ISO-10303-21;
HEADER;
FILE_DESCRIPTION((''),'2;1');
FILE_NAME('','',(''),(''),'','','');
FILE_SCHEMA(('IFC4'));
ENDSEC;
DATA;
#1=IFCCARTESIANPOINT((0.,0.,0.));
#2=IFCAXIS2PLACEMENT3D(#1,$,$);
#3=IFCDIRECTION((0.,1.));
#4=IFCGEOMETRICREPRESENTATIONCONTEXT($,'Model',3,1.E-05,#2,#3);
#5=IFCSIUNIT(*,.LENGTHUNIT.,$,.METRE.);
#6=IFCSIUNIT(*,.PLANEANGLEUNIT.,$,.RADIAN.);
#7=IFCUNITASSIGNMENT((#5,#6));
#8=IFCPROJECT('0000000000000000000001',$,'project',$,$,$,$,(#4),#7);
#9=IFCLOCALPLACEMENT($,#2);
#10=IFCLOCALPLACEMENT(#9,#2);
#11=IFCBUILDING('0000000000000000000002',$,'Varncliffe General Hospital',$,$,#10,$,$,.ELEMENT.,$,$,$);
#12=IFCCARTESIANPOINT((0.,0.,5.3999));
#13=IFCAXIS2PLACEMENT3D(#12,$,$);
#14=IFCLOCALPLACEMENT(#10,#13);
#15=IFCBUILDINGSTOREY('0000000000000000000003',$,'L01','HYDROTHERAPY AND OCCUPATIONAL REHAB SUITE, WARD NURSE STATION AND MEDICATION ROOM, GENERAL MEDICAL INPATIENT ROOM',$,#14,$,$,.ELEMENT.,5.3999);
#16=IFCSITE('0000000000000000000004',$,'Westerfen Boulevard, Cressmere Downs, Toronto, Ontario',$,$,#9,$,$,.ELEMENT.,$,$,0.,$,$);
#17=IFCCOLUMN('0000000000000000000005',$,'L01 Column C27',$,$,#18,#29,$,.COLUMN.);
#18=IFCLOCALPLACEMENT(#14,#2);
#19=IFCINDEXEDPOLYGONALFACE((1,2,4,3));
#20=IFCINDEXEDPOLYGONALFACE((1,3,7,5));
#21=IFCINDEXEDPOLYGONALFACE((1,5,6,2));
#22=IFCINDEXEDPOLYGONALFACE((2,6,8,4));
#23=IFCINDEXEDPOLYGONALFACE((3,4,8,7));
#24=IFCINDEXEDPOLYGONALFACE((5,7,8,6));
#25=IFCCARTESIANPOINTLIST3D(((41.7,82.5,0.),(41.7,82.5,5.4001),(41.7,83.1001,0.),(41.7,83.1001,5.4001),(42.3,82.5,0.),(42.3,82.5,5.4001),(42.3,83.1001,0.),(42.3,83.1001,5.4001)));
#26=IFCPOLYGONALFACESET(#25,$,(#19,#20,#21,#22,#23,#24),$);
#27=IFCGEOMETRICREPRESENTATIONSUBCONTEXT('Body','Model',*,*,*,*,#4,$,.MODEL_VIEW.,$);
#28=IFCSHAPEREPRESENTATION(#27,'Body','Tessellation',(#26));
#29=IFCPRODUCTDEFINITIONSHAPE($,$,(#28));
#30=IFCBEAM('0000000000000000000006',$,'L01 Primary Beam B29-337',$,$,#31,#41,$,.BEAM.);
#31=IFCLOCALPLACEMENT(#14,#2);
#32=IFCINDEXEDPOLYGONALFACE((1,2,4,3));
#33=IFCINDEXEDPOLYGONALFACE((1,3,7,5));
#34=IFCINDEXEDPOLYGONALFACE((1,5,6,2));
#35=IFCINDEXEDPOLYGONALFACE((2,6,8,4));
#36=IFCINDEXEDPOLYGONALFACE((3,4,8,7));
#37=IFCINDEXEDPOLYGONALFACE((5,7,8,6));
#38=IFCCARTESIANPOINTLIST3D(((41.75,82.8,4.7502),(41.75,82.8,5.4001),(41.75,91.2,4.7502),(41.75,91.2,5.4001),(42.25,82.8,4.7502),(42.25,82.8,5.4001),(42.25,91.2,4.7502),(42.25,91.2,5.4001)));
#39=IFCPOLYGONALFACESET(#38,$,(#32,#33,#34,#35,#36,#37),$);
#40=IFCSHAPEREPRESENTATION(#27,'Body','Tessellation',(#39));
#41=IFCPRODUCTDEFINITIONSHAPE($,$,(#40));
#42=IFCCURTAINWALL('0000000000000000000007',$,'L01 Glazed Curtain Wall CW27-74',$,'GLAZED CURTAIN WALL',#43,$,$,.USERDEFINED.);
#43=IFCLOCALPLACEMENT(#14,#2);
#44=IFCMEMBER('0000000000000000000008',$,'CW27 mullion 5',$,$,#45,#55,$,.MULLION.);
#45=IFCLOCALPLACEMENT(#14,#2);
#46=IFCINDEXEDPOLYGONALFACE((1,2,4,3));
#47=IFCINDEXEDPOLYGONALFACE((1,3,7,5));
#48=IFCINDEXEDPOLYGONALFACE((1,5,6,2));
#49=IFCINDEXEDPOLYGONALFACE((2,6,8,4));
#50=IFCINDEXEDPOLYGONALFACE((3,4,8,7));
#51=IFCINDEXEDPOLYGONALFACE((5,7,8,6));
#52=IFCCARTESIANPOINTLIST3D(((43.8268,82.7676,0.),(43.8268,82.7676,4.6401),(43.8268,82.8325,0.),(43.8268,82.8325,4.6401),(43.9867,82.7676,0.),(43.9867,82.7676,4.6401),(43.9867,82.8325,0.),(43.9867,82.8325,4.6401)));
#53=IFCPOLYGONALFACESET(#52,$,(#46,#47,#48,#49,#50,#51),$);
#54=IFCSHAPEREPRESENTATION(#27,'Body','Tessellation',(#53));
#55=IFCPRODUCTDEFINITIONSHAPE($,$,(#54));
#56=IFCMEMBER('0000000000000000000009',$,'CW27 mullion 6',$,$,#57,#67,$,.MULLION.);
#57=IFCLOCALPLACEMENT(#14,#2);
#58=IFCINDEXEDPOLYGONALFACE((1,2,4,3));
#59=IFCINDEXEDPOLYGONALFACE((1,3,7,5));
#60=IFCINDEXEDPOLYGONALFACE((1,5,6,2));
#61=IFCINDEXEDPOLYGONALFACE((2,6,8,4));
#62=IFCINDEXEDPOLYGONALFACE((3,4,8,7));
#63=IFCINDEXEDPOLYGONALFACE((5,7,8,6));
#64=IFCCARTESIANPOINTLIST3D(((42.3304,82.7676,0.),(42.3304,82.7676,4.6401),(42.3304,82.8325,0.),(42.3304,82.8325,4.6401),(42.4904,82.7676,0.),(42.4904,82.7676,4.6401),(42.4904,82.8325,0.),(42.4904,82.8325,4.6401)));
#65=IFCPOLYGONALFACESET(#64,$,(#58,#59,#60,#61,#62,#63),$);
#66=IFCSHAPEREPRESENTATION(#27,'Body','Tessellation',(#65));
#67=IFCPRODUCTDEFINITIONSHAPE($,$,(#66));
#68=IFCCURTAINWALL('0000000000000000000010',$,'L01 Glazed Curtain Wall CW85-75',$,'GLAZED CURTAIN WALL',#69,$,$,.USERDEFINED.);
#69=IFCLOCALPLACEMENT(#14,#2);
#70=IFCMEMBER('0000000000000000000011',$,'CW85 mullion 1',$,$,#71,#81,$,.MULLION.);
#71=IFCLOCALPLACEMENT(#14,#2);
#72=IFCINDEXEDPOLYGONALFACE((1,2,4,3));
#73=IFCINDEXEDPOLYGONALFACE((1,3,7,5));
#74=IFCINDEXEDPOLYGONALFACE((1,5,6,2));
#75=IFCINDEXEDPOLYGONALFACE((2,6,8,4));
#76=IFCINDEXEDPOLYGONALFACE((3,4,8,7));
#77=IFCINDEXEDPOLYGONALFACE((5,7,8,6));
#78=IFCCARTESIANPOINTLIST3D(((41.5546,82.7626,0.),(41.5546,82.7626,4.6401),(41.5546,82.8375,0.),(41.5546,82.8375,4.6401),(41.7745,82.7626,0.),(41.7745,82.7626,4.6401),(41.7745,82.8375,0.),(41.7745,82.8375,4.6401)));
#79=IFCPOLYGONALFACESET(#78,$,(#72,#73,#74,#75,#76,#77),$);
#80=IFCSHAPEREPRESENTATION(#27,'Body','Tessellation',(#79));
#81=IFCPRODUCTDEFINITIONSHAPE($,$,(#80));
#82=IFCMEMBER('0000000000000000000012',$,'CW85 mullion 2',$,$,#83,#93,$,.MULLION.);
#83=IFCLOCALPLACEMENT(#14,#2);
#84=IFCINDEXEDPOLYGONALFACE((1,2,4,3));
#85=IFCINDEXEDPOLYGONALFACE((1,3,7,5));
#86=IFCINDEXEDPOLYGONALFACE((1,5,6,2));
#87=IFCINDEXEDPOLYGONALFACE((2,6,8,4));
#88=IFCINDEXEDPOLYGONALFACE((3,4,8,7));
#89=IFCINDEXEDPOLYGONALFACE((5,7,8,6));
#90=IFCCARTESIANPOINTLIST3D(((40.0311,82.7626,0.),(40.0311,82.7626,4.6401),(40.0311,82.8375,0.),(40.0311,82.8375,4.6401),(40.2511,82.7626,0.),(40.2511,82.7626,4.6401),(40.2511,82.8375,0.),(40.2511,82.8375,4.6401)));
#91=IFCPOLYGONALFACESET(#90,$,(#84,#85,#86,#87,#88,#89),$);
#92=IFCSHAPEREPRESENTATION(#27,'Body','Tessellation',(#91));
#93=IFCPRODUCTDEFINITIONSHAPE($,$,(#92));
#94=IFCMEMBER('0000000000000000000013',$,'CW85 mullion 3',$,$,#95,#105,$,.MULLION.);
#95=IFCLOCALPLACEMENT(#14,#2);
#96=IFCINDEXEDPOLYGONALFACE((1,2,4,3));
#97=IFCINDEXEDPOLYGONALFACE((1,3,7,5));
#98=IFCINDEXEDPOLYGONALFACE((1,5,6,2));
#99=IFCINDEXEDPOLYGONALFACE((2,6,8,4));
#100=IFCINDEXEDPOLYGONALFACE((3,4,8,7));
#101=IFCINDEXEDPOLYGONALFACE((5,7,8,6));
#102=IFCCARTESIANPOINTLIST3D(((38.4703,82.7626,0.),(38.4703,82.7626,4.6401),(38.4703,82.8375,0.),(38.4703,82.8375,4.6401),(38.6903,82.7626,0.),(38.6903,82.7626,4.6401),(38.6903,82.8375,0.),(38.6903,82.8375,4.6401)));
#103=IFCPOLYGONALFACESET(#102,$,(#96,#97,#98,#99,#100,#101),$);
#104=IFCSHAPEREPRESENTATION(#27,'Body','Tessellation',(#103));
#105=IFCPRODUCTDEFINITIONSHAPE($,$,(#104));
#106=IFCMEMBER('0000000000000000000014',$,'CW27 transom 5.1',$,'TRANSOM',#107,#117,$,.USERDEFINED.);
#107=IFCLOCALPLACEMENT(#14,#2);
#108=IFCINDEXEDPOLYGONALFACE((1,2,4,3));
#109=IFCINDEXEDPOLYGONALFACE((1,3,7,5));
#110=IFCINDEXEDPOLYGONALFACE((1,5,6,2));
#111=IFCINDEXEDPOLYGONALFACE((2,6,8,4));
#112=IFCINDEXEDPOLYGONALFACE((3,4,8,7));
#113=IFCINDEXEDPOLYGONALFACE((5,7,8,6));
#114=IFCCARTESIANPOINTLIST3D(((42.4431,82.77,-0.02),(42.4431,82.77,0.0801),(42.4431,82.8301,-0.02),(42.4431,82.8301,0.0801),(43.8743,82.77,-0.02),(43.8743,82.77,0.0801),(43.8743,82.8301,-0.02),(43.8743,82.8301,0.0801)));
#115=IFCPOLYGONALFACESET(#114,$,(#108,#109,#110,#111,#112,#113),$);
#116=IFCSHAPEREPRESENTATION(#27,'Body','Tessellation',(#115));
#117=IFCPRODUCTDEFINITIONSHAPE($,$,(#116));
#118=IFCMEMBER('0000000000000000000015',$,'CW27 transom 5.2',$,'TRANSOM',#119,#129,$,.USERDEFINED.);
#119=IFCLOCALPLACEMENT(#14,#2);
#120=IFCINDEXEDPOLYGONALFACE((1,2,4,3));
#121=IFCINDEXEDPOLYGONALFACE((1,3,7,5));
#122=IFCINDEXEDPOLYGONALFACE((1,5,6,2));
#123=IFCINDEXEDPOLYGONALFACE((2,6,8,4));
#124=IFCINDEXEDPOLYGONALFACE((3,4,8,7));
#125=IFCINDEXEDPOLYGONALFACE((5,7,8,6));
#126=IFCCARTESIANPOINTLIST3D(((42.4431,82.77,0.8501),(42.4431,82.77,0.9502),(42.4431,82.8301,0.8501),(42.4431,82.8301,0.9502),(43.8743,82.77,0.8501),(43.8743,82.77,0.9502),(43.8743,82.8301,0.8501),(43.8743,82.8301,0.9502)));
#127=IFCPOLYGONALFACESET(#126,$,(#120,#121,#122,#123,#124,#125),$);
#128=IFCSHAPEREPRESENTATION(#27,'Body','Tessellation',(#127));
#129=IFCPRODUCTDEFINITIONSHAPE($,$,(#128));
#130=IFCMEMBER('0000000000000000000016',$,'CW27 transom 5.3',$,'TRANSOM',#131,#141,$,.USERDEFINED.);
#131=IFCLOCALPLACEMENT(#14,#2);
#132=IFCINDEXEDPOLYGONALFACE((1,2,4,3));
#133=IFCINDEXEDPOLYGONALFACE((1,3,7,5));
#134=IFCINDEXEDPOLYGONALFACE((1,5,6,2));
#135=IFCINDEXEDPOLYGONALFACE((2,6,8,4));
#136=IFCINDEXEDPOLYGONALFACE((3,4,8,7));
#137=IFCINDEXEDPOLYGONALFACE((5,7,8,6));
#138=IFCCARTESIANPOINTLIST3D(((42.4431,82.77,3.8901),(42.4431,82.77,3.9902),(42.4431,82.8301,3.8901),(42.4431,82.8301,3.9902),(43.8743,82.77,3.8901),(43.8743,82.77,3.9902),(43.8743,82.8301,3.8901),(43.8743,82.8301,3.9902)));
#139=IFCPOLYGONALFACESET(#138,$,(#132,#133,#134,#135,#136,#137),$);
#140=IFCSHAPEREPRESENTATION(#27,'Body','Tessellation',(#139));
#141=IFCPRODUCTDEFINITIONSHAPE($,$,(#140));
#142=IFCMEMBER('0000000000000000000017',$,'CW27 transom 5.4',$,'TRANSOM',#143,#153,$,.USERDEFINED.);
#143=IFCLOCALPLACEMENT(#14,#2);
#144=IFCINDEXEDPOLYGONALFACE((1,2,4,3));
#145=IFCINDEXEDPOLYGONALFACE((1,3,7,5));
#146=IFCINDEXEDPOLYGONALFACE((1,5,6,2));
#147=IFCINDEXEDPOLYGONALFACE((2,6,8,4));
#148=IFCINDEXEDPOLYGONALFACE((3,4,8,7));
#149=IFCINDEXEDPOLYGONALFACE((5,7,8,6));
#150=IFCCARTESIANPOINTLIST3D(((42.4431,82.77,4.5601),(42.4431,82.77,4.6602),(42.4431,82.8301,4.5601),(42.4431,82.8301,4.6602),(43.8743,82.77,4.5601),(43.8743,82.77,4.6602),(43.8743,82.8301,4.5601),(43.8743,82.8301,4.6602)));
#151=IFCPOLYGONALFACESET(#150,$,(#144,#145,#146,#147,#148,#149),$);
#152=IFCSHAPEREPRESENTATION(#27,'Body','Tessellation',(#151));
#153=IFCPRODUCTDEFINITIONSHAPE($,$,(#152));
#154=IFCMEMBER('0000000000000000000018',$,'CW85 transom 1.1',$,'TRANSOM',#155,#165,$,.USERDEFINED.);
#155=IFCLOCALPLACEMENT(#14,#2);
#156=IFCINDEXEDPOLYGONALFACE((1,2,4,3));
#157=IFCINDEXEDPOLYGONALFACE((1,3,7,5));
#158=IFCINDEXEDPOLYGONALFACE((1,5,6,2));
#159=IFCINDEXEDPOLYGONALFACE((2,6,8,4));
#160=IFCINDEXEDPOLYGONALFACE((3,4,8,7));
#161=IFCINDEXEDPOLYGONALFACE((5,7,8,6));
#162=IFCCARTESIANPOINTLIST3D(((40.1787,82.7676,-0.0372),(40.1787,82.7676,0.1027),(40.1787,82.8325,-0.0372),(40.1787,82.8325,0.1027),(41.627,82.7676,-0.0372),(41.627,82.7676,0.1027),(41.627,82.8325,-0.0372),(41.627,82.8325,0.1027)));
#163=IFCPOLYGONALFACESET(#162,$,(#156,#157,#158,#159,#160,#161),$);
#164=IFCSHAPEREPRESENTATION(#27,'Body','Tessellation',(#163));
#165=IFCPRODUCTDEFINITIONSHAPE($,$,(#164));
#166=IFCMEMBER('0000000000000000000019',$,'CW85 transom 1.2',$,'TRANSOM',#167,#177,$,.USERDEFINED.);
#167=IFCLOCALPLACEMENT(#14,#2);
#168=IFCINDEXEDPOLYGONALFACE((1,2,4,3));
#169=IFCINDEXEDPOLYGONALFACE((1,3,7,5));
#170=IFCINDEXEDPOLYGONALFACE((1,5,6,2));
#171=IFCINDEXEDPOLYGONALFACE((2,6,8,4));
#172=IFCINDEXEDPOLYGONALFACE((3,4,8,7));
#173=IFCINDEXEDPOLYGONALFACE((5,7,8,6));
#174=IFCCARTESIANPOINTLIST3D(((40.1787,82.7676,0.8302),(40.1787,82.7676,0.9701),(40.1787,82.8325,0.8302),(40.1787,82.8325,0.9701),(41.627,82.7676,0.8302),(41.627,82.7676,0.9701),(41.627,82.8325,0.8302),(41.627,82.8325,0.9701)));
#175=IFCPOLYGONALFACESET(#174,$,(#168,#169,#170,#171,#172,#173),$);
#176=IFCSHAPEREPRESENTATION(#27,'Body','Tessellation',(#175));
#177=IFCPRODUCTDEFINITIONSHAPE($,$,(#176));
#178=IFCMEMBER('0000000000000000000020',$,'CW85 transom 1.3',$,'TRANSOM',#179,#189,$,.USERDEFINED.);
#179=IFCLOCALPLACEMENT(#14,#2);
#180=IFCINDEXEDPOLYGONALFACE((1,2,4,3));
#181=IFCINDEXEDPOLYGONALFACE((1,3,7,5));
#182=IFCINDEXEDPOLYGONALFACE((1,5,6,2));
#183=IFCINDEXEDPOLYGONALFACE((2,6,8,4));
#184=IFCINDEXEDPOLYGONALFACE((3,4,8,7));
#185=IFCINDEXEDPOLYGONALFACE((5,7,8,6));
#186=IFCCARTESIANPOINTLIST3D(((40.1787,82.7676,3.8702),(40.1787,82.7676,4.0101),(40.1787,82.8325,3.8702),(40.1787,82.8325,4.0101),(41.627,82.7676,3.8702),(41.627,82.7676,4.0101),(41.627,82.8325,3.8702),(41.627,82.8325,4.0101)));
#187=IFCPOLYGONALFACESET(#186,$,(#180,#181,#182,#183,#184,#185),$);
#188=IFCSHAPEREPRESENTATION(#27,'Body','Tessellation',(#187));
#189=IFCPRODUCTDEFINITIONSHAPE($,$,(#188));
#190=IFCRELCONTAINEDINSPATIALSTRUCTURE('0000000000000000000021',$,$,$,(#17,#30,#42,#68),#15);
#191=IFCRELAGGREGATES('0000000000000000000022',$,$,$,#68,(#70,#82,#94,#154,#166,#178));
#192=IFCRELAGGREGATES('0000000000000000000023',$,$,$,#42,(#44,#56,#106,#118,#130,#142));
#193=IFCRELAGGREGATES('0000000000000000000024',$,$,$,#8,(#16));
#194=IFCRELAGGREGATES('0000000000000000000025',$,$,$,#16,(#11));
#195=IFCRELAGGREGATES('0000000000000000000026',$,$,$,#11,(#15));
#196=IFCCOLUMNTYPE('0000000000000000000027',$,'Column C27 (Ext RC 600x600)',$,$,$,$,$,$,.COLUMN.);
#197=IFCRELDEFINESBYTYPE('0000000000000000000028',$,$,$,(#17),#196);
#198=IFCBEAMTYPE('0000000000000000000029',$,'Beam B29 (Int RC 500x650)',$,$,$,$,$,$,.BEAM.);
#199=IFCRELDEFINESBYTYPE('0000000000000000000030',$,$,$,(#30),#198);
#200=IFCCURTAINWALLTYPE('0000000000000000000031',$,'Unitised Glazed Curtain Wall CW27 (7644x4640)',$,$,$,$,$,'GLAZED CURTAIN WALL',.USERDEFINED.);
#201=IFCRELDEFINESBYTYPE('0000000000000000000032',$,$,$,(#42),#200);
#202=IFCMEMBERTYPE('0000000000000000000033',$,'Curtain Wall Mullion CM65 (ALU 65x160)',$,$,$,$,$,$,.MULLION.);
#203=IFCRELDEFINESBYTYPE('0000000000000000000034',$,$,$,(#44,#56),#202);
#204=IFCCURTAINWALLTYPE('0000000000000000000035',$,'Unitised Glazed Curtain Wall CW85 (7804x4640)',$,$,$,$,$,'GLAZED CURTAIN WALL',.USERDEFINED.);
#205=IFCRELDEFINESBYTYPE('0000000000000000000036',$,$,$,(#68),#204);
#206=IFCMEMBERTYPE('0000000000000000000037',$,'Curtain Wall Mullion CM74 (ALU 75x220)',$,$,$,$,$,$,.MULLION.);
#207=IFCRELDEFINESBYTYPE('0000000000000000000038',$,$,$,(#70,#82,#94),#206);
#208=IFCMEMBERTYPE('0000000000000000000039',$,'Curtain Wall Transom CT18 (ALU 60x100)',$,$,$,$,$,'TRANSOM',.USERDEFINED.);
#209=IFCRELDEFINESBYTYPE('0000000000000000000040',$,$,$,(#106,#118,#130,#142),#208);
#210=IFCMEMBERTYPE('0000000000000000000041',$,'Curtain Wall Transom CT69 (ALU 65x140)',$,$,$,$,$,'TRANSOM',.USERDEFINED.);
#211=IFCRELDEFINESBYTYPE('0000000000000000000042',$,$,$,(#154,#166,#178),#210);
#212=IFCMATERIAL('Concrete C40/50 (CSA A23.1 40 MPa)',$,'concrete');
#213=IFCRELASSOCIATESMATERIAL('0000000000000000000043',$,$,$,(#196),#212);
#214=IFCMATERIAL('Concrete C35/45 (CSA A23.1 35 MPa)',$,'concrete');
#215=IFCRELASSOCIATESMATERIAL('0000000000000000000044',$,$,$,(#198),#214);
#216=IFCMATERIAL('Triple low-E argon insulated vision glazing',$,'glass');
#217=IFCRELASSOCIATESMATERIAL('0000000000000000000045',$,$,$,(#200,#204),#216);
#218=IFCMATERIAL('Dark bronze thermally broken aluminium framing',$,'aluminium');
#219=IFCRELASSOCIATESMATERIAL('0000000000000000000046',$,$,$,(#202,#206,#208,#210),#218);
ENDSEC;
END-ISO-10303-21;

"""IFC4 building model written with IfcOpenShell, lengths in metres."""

from ifc_helpers import new_model, si_unit, direction, frame, origin, origin_2d, place, context, subcontext, project, spatial, rectangle, extrude, material, material_profile, profile_set, type_object, element, aggregate, save


model = new_model("IFC4")

# Units and contexts
model_context = context("Model", 3, precision=1e-05, world=origin(), true_north=direction((0.0, 1.0)))
body_context = subcontext(model_context, "Body", "Model", "MODEL_VIEW")
ifc_project = project(units=[si_unit("LENGTHUNIT", "METRE"), si_unit("PLANEANGLEUNIT", "RADIAN")], contexts=[model_context])

# Site, building, storey
site_placement = place(None, origin())
site = spatial("IfcSite", under=ifc_project, at=site_placement, Name="Westerfen Boulevard, Cressmere Downs, Toronto, Ontario", CompositionType="ELEMENT", RefElevation=0.0)
building_placement = place(site_placement, origin())
building = spatial("IfcBuilding", under=site, at=building_placement, Name="Varncliffe General Hospital", CompositionType="ELEMENT")
storey_placement = place(building_placement, frame((0.0, 0.0, 5.3999)))
storey = spatial("IfcBuildingStorey", under=building, at=storey_placement, Name="L01", Description="HYDROTHERAPY AND OCCUPATIONAL REHAB SUITE, WARD NURSE STATION AND MEDICATION ROOM, GENERAL MEDICAL INPATIENT ROOM", CompositionType="ELEMENT", Elevation=5.3999)

# Column
ifc_material_1 = material(Name="Concrete C40/50 (CSA A23.1 40 MPa)", Category="concrete")
ifc_material_profile_1 = material_profile(ifc_material_1, rectangle(XDim=0.6001, YDim=0.6001, at=origin_2d()), Name="RC 600x600")
ifc_profile_set_1 = profile_set([ifc_material_profile_1], Name="Concrete C40/50 (CSA A23.1 40 MPa)")
column_type = type_object("IfcColumnType", Name="Column C27 (Ext RC 600x600)", PredefinedType="COLUMN", material=ifc_profile_set_1)
column_placement = place(storey_placement, frame((42.0, 82.8, 0.0), z_axis=(0.0, 0.0, 1.0), x_axis=(1.0, 0.0, 0.0)))
element("IfcColumn", 1, at=column_placement, inside=storey, type_object=column_type, Name="L01 Column C27", PredefinedType="COLUMN", context=body_context, shape_type="SweptSolid", body=[
    extrude(rectangle(XDim=0.6001, YDim=0.6001, at=origin_2d()), origin(), (0.0, 0.0, 1.0), 5.4001),
])

# Beam
ifc_material_2 = material(Name="Concrete C35/45 (CSA A23.1 35 MPa)", Category="concrete")
ifc_material_profile_2 = material_profile(ifc_material_2, rectangle(XDim=0.5, YDim=0.6499, at=origin_2d()), Name="RC 500x650")
ifc_profile_set_2 = profile_set([ifc_material_profile_2], Name="Concrete C35/45 (CSA A23.1 35 MPa)")
beam_type_1 = type_object("IfcBeamType", Name="Beam B29 (Int RC 500x650)", PredefinedType="BEAM", material=ifc_profile_set_2)
beam_1_placement = place(storey_placement, frame((42.0, 82.8, 5.0752), z_axis=(0.0, 1.0, 0.0), x_axis=(-1.0, 0.0, 0.0)))
element("IfcBeam", 2, at=beam_1_placement, inside=storey, type_object=beam_type_1, Name="L01 Primary Beam B29-337", PredefinedType="BEAM", context=body_context, shape_type="SweptSolid", body=[
    extrude(rectangle(XDim=0.5, YDim=0.6499, at=origin_2d()), origin(), (0.0, 0.0, 1.0), 8.3999),
])

# Curtain walls, members
ifc_material_3 = material(Name="Triple low-E argon insulated vision glazing", Category="glass")
curtain_wall_type_1 = type_object("IfcCurtainWallType", Name="Unitised Glazed Curtain Wall CW27 (7644x4640)", ElementType="GLAZED CURTAIN WALL", PredefinedType="USERDEFINED", material=ifc_material_3)
curtain_wall_1_placement = place(storey_placement, origin())
curtain_wall_1 = element("IfcCurtainWall", 3, at=curtain_wall_1_placement, inside=storey, type_object=curtain_wall_type_1, Name="L01 Glazed Curtain Wall CW27-74", ObjectType="GLAZED CURTAIN WALL", PredefinedType="USERDEFINED")
ifc_material_4 = material(Name="Dark bronze thermally broken aluminium framing", Category="aluminium")
ifc_material_profile_3 = material_profile(ifc_material_4, rectangle(XDim=0.0649, YDim=0.1599, at=origin_2d()), Name="ALU 65x160")
ifc_profile_set_3 = profile_set([ifc_material_profile_3], Name="Dark bronze thermally broken aluminium framing")
member_type_1 = type_object("IfcMemberType", Name="Curtain Wall Mullion CM65 (ALU 65x160)", PredefinedType="MULLION", material=ifc_profile_set_3)
member_1_placement = place(storey_placement, frame((43.9067, 82.8, 0.0), z_axis=(0.0, 0.0, 1.0), x_axis=(0.0, -1.0, 0.0)))
member_1 = element("IfcMember", 4, at=member_1_placement, type_object=member_type_1, Name="CW27 mullion 5", PredefinedType="MULLION", context=body_context, shape_type="SweptSolid", body=[
    extrude(rectangle(XDim=0.0649, YDim=0.1599, at=origin_2d()), origin(), (0.0, 0.0, 1.0), 4.6401),
])
member_2_placement = place(storey_placement, frame((42.4104, 82.8, 0.0), z_axis=(0.0, 0.0, 1.0), x_axis=(0.0, -1.0, 0.0)))
member_2 = element("IfcMember", 5, at=member_2_placement, type_object=member_type_1, Name="CW27 mullion 6", PredefinedType="MULLION", context=body_context, shape_type="SweptSolid", body=[
    extrude(rectangle(XDim=0.0649, YDim=0.1599, at=origin_2d()), origin(), (0.0, 0.0, 1.0), 4.6401),
])
curtain_wall_type_2 = type_object("IfcCurtainWallType", Name="Unitised Glazed Curtain Wall CW85 (7804x4640)", ElementType="GLAZED CURTAIN WALL", PredefinedType="USERDEFINED", material=ifc_material_3)
curtain_wall_2_placement = place(storey_placement, origin())
curtain_wall_2 = element("IfcCurtainWall", 6, at=curtain_wall_2_placement, inside=storey, type_object=curtain_wall_type_2, Name="L01 Glazed Curtain Wall CW85-75", ObjectType="GLAZED CURTAIN WALL", PredefinedType="USERDEFINED")
ifc_material_profile_4 = material_profile(ifc_material_4, rectangle(XDim=0.075, YDim=0.22, at=origin_2d()), Name="ALU 75x220")
ifc_profile_set_4 = profile_set([ifc_material_profile_4], Name="Dark bronze thermally broken aluminium framing")
member_type_2 = type_object("IfcMemberType", Name="Curtain Wall Mullion CM74 (ALU 75x220)", PredefinedType="MULLION", material=ifc_profile_set_4)
member_3_placement = place(storey_placement, frame((41.6646, 82.8, 0.0), z_axis=(0.0, 0.0, 1.0), x_axis=(0.0, -1.0, 0.0)))
member_3 = element("IfcMember", 7, at=member_3_placement, type_object=member_type_2, Name="CW85 mullion 1", PredefinedType="MULLION", context=body_context, shape_type="SweptSolid", body=[
    extrude(rectangle(XDim=0.075, YDim=0.22, at=origin_2d()), origin(), (0.0, 0.0, 1.0), 4.6401),
])
member_4_placement = place(storey_placement, frame((40.1411, 82.8, 0.0), z_axis=(0.0, 0.0, 1.0), x_axis=(0.0, -1.0, 0.0)))
member_4 = element("IfcMember", 8, at=member_4_placement, type_object=member_type_2, Name="CW85 mullion 2", PredefinedType="MULLION", context=body_context, shape_type="SweptSolid", body=[
    extrude(rectangle(XDim=0.075, YDim=0.22, at=origin_2d()), origin(), (0.0, 0.0, 1.0), 4.6401),
])
member_5_placement = place(storey_placement, frame((38.5803, 82.8, 0.0), z_axis=(0.0, 0.0, 1.0), x_axis=(0.0, -1.0, 0.0)))
member_5 = element("IfcMember", 9, at=member_5_placement, type_object=member_type_2, Name="CW85 mullion 3", PredefinedType="MULLION", context=body_context, shape_type="SweptSolid", body=[
    extrude(rectangle(XDim=0.075, YDim=0.22, at=origin_2d()), origin(), (0.0, 0.0, 1.0), 4.6401),
])

# Members
ifc_material_profile_5 = material_profile(ifc_material_4, rectangle(XDim=0.0601, YDim=0.1001, at=origin_2d()), Name="ALU 60x100")
ifc_profile_set_5 = profile_set([ifc_material_profile_5], Name="Dark bronze thermally broken aluminium framing")
member_type_3 = type_object("IfcMemberType", Name="Curtain Wall Transom CT18 (ALU 60x100)", ElementType="TRANSOM", PredefinedType="USERDEFINED", material=ifc_profile_set_5)
member_6_placement = place(storey_placement, frame((43.8743, 82.8, 0.03), z_axis=(-1.0, 0.0, 0.0), x_axis=(0.0, -1.0, 0.0)))
member_6 = element("IfcMember", 10, at=member_6_placement, type_object=member_type_3, Name="CW27 transom 5.1", ObjectType="TRANSOM", PredefinedType="USERDEFINED", context=body_context, shape_type="SweptSolid", body=[
    extrude(rectangle(XDim=0.0601, YDim=0.1001, at=origin_2d()), origin(), (0.0, 0.0, 1.0), 1.4312),
])
member_7_placement = place(storey_placement, frame((43.8743, 82.8, 0.9001), z_axis=(-1.0, 0.0, 0.0), x_axis=(0.0, -1.0, 0.0)))
member_7 = element("IfcMember", 11, at=member_7_placement, type_object=member_type_3, Name="CW27 transom 5.2", ObjectType="TRANSOM", PredefinedType="USERDEFINED", context=body_context, shape_type="SweptSolid", body=[
    extrude(rectangle(XDim=0.0601, YDim=0.1001, at=origin_2d()), origin(), (0.0, 0.0, 1.0), 1.4312),
])
member_8_placement = place(storey_placement, frame((43.8743, 82.8, 3.9402), z_axis=(-1.0, 0.0, 0.0), x_axis=(0.0, -1.0, 0.0)))
member_8 = element("IfcMember", 12, at=member_8_placement, type_object=member_type_3, Name="CW27 transom 5.3", ObjectType="TRANSOM", PredefinedType="USERDEFINED", context=body_context, shape_type="SweptSolid", body=[
    extrude(rectangle(XDim=0.0601, YDim=0.1001, at=origin_2d()), origin(), (0.0, 0.0, 1.0), 1.4312),
])
member_9_placement = place(storey_placement, frame((43.8743, 82.8, 4.6101), z_axis=(-1.0, 0.0, 0.0), x_axis=(0.0, -1.0, 0.0)))
member_9 = element("IfcMember", 13, at=member_9_placement, type_object=member_type_3, Name="CW27 transom 5.4", ObjectType="TRANSOM", PredefinedType="USERDEFINED", context=body_context, shape_type="SweptSolid", body=[
    extrude(rectangle(XDim=0.0601, YDim=0.1001, at=origin_2d()), origin(), (0.0, 0.0, 1.0), 1.4312),
])
ifc_material_profile_6 = material_profile(ifc_material_4, rectangle(XDim=0.0649, YDim=0.1399, at=origin_2d()), Name="ALU 65x140")
ifc_profile_set_6 = profile_set([ifc_material_profile_6], Name="Dark bronze thermally broken aluminium framing")
member_type_4 = type_object("IfcMemberType", Name="Curtain Wall Transom CT69 (ALU 65x140)", ElementType="TRANSOM", PredefinedType="USERDEFINED", material=ifc_profile_set_6)
member_10_placement = place(storey_placement, frame((41.627, 82.8, 0.0327), z_axis=(-1.0, 0.0, 0.0), x_axis=(0.0, -1.0, 0.0)))
member_10 = element("IfcMember", 14, at=member_10_placement, type_object=member_type_4, Name="CW85 transom 1.1", ObjectType="TRANSOM", PredefinedType="USERDEFINED", context=body_context, shape_type="SweptSolid", body=[
    extrude(rectangle(XDim=0.0649, YDim=0.1399, at=origin_2d()), origin(), (0.0, 0.0, 1.0), 1.4482),
])
member_11_placement = place(storey_placement, frame((41.627, 82.8, 0.9001), z_axis=(-1.0, 0.0, 0.0), x_axis=(0.0, -1.0, 0.0)))
member_11 = element("IfcMember", 15, at=member_11_placement, type_object=member_type_4, Name="CW85 transom 1.2", ObjectType="TRANSOM", PredefinedType="USERDEFINED", context=body_context, shape_type="SweptSolid", body=[
    extrude(rectangle(XDim=0.0649, YDim=0.1399, at=origin_2d()), origin(), (0.0, 0.0, 1.0), 1.4482),
])
member_12_placement = place(storey_placement, frame((41.627, 82.8, 3.9402), z_axis=(-1.0, 0.0, 0.0), x_axis=(0.0, -1.0, 0.0)))
member_12 = element("IfcMember", 16, at=member_12_placement, type_object=member_type_4, Name="CW85 transom 1.3", ObjectType="TRANSOM", PredefinedType="USERDEFINED", context=body_context, shape_type="SweptSolid", body=[
    extrude(rectangle(XDim=0.0649, YDim=0.1399, at=origin_2d()), origin(), (0.0, 0.0, 1.0), 1.4482),
])

aggregate(curtain_wall_2, [member_3, member_4, member_5, member_10, member_11, member_12])
aggregate(curtain_wall_1, [member_1, member_2, member_6, member_7, member_8, member_9])

save(model, "model.ifc")
